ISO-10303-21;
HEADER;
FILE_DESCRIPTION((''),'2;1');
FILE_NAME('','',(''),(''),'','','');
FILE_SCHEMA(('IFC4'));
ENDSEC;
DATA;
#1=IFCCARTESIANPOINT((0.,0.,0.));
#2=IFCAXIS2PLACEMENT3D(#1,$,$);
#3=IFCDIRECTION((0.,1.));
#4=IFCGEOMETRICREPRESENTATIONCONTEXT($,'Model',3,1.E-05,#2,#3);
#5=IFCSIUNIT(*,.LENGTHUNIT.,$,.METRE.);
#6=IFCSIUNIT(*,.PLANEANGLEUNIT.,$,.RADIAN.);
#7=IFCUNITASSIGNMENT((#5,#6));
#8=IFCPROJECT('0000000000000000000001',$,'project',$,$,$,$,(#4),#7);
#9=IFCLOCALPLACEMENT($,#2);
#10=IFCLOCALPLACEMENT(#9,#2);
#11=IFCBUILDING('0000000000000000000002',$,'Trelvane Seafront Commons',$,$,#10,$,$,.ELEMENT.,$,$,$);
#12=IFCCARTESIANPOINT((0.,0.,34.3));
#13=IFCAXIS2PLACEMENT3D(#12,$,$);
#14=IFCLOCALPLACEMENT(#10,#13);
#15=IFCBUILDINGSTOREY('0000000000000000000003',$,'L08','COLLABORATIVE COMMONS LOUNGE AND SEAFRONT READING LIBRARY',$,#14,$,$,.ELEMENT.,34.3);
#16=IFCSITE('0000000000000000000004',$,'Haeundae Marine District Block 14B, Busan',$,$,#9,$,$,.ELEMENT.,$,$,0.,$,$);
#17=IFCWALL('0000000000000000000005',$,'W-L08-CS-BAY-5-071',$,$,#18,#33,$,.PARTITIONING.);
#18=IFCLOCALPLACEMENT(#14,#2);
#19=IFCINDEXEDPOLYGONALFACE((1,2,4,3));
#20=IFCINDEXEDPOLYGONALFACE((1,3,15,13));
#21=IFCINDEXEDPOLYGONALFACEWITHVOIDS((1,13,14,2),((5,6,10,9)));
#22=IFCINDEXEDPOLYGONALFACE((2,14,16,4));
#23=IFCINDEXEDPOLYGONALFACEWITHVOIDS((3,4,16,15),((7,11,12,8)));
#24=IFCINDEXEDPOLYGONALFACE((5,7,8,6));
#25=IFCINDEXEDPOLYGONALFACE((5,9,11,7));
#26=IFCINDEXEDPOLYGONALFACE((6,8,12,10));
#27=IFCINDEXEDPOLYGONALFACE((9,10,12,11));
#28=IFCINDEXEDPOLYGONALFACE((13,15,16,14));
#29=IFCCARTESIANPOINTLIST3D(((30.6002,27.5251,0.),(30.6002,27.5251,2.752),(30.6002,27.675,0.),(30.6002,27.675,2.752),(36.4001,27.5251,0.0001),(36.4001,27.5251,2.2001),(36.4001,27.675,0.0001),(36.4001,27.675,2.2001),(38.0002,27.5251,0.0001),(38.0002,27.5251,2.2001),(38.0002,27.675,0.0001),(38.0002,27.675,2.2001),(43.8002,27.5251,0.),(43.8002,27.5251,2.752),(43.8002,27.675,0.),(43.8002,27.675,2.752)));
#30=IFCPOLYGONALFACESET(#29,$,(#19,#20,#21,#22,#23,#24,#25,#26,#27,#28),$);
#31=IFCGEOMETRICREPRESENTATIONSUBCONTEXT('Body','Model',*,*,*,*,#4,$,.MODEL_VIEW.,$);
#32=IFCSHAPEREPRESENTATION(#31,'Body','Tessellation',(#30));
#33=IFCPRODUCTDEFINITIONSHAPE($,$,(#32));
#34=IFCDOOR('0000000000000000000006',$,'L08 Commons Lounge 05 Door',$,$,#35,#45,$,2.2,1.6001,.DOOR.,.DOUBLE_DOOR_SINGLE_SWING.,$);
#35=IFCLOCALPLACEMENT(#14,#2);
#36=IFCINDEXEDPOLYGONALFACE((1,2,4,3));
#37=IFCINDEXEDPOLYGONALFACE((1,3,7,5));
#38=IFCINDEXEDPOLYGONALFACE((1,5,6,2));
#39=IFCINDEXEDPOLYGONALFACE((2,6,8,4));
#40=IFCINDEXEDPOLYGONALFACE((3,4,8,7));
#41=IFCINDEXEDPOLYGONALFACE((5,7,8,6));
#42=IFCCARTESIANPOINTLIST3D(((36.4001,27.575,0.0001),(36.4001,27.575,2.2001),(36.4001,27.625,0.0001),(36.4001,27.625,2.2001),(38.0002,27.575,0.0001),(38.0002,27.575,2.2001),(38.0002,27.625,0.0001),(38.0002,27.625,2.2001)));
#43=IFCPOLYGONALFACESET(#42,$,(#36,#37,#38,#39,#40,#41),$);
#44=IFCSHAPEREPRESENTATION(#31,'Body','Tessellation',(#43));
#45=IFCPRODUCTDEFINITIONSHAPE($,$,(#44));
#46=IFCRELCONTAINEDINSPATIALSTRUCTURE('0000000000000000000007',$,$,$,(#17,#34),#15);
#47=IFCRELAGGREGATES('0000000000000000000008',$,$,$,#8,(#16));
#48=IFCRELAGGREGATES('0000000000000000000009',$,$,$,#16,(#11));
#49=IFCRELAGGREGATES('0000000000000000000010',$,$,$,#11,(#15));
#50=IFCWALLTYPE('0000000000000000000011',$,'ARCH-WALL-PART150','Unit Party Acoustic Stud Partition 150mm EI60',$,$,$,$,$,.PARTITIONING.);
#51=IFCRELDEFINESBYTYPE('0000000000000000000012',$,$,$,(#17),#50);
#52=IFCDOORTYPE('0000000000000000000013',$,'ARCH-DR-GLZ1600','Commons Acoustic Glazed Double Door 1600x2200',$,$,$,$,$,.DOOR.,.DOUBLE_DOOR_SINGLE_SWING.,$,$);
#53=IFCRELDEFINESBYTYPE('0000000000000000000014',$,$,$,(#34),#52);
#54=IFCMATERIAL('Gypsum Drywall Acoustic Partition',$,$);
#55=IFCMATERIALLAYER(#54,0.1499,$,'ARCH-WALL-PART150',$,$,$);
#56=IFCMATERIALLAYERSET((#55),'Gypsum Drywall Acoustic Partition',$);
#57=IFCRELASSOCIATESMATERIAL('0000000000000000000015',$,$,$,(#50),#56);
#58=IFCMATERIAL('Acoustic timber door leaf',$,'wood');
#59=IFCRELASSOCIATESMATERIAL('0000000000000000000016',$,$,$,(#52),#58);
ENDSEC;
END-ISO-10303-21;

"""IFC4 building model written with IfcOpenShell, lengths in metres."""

from ifc_helpers import new_model, si_unit, direction, frame, frame_2d, origin, place, context, subcontext, project, spatial, rectangle, extrude, source, transform, mapped, material, layer, layer_set, type_object, element, fill, save


model = new_model("IFC4")

# Units and contexts
model_context = context("Model", 3, precision=1e-05, world=origin(), true_north=direction((0.0, 1.0)))
body_context = subcontext(model_context, "Body", "Model", "MODEL_VIEW")
ifc_project = project(units=[si_unit("LENGTHUNIT", "METRE"), si_unit("PLANEANGLEUNIT", "RADIAN")], contexts=[model_context])

# Site, building, storey
site_placement = place(None, origin())
site = spatial("IfcSite", under=ifc_project, at=site_placement, Name="Haeundae Marine District Block 14B, Busan", CompositionType="ELEMENT", RefElevation=0.0)
building_placement = place(site_placement, origin())
building = spatial("IfcBuilding", under=site, at=building_placement, Name="Trelvane Seafront Commons", CompositionType="ELEMENT")
storey_placement = place(building_placement, frame((0.0, 0.0, 34.3)))
storey = spatial("IfcBuildingStorey", under=building, at=storey_placement, Name="L08", Description="COLLABORATIVE COMMONS LOUNGE AND SEAFRONT READING LIBRARY", CompositionType="ELEMENT", Elevation=34.3)

# Shared definitions
ifc_material_1 = material(Name="Gypsum Drywall Acoustic Partition")
ifc_material_2 = material(Name="Acoustic timber door leaf", Category="wood")

# Wall, opening, door
ifc_layer_1 = layer(ifc_material_1, 0.1499, Name="ARCH-WALL-PART150")
ifc_layer_set_1 = layer_set([ifc_layer_1], Name="Gypsum Drywall Acoustic Partition")
wall_type_1 = type_object("IfcWallType", Name="ARCH-WALL-PART150", Description="Unit Party Acoustic Stud Partition 150mm EI60", PredefinedType="PARTITIONING", material=ifc_layer_set_1)
wall_1_placement = place(storey_placement, frame((30.6001, 27.6001, 0.0), z_axis=(0.0, 0.0, 1.0), x_axis=(1.0, 0.0, 0.0)))
wall_1 = element("IfcWall", 1, at=wall_1_placement, inside=storey, type_object=wall_type_1, Name="W-L08-CS-BAY-5-071", PredefinedType="PARTITIONING", context=body_context, shape_type="SweptSolid", body=[
    extrude(rectangle(XDim=13.2, YDim=0.1499, at=frame_2d((6.6001, 0.0))), origin(), (0.0, 0.0, 1.0), 2.752),
])
opening_1_placement = place(wall_1_placement, frame((5.8, 0.0, 0.0)))
opening_1 = element("IfcOpeningElement", 2, at=opening_1_placement, cuts=wall_1, PredefinedType="OPENING", context=body_context, shape_type="SweptSolid", body=[
    extrude(rectangle(XDim=1.6001, YDim=2.2, at=frame_2d((0.8, 1.1001))), frame((0.0, 0.085, 0.0), z_axis=(0.0, -1.0, 0.0), x_axis=(1.0, 0.0, 0.0)), (0.0, 0.0, 1.0), 0.1699),
])
door_type_1 = type_object("IfcDoorType", Name="ARCH-DR-GLZ1600", Description="Commons Acoustic Glazed Double Door 1600x2200", OperationType="DOUBLE_DOOR_SINGLE_SWING", PredefinedType="DOOR", material=ifc_material_2)
shared_shape_1 = source(origin(), body_context, "Body", "SweptSolid", [
    extrude(rectangle(XDim=1.6001, YDim=2.2, at=frame_2d((0.8, 1.1001))), frame((0.0, 0.0249, 0.0), z_axis=(0.0, -1.0, 0.0), x_axis=(1.0, 0.0, 0.0)), (0.0, 0.0, 1.0), 0.05),
])
door_1_placement = place(opening_1_placement, origin())
door_1 = element("IfcDoor", 3, at=door_1_placement, inside=storey, type_object=door_type_1, Name="L08 Commons Lounge 05 Door", OperationType="DOUBLE_DOOR_SINGLE_SWING", OverallHeight=2.2, OverallWidth=1.6001, PredefinedType="DOOR", context=body_context, shape_type="MappedRepresentation", body=[
    mapped(shared_shape_1, transform((0.0, 0.0, 0.0), x_axis=(1.0, 0.0, 0.0), y_axis=(0.0, 1.0, 0.0), z_axis=(0.0, 0.0, 1.0), scale=1.0)),
])
fill(opening_1, door_1)

save(model, "model.ifc")
